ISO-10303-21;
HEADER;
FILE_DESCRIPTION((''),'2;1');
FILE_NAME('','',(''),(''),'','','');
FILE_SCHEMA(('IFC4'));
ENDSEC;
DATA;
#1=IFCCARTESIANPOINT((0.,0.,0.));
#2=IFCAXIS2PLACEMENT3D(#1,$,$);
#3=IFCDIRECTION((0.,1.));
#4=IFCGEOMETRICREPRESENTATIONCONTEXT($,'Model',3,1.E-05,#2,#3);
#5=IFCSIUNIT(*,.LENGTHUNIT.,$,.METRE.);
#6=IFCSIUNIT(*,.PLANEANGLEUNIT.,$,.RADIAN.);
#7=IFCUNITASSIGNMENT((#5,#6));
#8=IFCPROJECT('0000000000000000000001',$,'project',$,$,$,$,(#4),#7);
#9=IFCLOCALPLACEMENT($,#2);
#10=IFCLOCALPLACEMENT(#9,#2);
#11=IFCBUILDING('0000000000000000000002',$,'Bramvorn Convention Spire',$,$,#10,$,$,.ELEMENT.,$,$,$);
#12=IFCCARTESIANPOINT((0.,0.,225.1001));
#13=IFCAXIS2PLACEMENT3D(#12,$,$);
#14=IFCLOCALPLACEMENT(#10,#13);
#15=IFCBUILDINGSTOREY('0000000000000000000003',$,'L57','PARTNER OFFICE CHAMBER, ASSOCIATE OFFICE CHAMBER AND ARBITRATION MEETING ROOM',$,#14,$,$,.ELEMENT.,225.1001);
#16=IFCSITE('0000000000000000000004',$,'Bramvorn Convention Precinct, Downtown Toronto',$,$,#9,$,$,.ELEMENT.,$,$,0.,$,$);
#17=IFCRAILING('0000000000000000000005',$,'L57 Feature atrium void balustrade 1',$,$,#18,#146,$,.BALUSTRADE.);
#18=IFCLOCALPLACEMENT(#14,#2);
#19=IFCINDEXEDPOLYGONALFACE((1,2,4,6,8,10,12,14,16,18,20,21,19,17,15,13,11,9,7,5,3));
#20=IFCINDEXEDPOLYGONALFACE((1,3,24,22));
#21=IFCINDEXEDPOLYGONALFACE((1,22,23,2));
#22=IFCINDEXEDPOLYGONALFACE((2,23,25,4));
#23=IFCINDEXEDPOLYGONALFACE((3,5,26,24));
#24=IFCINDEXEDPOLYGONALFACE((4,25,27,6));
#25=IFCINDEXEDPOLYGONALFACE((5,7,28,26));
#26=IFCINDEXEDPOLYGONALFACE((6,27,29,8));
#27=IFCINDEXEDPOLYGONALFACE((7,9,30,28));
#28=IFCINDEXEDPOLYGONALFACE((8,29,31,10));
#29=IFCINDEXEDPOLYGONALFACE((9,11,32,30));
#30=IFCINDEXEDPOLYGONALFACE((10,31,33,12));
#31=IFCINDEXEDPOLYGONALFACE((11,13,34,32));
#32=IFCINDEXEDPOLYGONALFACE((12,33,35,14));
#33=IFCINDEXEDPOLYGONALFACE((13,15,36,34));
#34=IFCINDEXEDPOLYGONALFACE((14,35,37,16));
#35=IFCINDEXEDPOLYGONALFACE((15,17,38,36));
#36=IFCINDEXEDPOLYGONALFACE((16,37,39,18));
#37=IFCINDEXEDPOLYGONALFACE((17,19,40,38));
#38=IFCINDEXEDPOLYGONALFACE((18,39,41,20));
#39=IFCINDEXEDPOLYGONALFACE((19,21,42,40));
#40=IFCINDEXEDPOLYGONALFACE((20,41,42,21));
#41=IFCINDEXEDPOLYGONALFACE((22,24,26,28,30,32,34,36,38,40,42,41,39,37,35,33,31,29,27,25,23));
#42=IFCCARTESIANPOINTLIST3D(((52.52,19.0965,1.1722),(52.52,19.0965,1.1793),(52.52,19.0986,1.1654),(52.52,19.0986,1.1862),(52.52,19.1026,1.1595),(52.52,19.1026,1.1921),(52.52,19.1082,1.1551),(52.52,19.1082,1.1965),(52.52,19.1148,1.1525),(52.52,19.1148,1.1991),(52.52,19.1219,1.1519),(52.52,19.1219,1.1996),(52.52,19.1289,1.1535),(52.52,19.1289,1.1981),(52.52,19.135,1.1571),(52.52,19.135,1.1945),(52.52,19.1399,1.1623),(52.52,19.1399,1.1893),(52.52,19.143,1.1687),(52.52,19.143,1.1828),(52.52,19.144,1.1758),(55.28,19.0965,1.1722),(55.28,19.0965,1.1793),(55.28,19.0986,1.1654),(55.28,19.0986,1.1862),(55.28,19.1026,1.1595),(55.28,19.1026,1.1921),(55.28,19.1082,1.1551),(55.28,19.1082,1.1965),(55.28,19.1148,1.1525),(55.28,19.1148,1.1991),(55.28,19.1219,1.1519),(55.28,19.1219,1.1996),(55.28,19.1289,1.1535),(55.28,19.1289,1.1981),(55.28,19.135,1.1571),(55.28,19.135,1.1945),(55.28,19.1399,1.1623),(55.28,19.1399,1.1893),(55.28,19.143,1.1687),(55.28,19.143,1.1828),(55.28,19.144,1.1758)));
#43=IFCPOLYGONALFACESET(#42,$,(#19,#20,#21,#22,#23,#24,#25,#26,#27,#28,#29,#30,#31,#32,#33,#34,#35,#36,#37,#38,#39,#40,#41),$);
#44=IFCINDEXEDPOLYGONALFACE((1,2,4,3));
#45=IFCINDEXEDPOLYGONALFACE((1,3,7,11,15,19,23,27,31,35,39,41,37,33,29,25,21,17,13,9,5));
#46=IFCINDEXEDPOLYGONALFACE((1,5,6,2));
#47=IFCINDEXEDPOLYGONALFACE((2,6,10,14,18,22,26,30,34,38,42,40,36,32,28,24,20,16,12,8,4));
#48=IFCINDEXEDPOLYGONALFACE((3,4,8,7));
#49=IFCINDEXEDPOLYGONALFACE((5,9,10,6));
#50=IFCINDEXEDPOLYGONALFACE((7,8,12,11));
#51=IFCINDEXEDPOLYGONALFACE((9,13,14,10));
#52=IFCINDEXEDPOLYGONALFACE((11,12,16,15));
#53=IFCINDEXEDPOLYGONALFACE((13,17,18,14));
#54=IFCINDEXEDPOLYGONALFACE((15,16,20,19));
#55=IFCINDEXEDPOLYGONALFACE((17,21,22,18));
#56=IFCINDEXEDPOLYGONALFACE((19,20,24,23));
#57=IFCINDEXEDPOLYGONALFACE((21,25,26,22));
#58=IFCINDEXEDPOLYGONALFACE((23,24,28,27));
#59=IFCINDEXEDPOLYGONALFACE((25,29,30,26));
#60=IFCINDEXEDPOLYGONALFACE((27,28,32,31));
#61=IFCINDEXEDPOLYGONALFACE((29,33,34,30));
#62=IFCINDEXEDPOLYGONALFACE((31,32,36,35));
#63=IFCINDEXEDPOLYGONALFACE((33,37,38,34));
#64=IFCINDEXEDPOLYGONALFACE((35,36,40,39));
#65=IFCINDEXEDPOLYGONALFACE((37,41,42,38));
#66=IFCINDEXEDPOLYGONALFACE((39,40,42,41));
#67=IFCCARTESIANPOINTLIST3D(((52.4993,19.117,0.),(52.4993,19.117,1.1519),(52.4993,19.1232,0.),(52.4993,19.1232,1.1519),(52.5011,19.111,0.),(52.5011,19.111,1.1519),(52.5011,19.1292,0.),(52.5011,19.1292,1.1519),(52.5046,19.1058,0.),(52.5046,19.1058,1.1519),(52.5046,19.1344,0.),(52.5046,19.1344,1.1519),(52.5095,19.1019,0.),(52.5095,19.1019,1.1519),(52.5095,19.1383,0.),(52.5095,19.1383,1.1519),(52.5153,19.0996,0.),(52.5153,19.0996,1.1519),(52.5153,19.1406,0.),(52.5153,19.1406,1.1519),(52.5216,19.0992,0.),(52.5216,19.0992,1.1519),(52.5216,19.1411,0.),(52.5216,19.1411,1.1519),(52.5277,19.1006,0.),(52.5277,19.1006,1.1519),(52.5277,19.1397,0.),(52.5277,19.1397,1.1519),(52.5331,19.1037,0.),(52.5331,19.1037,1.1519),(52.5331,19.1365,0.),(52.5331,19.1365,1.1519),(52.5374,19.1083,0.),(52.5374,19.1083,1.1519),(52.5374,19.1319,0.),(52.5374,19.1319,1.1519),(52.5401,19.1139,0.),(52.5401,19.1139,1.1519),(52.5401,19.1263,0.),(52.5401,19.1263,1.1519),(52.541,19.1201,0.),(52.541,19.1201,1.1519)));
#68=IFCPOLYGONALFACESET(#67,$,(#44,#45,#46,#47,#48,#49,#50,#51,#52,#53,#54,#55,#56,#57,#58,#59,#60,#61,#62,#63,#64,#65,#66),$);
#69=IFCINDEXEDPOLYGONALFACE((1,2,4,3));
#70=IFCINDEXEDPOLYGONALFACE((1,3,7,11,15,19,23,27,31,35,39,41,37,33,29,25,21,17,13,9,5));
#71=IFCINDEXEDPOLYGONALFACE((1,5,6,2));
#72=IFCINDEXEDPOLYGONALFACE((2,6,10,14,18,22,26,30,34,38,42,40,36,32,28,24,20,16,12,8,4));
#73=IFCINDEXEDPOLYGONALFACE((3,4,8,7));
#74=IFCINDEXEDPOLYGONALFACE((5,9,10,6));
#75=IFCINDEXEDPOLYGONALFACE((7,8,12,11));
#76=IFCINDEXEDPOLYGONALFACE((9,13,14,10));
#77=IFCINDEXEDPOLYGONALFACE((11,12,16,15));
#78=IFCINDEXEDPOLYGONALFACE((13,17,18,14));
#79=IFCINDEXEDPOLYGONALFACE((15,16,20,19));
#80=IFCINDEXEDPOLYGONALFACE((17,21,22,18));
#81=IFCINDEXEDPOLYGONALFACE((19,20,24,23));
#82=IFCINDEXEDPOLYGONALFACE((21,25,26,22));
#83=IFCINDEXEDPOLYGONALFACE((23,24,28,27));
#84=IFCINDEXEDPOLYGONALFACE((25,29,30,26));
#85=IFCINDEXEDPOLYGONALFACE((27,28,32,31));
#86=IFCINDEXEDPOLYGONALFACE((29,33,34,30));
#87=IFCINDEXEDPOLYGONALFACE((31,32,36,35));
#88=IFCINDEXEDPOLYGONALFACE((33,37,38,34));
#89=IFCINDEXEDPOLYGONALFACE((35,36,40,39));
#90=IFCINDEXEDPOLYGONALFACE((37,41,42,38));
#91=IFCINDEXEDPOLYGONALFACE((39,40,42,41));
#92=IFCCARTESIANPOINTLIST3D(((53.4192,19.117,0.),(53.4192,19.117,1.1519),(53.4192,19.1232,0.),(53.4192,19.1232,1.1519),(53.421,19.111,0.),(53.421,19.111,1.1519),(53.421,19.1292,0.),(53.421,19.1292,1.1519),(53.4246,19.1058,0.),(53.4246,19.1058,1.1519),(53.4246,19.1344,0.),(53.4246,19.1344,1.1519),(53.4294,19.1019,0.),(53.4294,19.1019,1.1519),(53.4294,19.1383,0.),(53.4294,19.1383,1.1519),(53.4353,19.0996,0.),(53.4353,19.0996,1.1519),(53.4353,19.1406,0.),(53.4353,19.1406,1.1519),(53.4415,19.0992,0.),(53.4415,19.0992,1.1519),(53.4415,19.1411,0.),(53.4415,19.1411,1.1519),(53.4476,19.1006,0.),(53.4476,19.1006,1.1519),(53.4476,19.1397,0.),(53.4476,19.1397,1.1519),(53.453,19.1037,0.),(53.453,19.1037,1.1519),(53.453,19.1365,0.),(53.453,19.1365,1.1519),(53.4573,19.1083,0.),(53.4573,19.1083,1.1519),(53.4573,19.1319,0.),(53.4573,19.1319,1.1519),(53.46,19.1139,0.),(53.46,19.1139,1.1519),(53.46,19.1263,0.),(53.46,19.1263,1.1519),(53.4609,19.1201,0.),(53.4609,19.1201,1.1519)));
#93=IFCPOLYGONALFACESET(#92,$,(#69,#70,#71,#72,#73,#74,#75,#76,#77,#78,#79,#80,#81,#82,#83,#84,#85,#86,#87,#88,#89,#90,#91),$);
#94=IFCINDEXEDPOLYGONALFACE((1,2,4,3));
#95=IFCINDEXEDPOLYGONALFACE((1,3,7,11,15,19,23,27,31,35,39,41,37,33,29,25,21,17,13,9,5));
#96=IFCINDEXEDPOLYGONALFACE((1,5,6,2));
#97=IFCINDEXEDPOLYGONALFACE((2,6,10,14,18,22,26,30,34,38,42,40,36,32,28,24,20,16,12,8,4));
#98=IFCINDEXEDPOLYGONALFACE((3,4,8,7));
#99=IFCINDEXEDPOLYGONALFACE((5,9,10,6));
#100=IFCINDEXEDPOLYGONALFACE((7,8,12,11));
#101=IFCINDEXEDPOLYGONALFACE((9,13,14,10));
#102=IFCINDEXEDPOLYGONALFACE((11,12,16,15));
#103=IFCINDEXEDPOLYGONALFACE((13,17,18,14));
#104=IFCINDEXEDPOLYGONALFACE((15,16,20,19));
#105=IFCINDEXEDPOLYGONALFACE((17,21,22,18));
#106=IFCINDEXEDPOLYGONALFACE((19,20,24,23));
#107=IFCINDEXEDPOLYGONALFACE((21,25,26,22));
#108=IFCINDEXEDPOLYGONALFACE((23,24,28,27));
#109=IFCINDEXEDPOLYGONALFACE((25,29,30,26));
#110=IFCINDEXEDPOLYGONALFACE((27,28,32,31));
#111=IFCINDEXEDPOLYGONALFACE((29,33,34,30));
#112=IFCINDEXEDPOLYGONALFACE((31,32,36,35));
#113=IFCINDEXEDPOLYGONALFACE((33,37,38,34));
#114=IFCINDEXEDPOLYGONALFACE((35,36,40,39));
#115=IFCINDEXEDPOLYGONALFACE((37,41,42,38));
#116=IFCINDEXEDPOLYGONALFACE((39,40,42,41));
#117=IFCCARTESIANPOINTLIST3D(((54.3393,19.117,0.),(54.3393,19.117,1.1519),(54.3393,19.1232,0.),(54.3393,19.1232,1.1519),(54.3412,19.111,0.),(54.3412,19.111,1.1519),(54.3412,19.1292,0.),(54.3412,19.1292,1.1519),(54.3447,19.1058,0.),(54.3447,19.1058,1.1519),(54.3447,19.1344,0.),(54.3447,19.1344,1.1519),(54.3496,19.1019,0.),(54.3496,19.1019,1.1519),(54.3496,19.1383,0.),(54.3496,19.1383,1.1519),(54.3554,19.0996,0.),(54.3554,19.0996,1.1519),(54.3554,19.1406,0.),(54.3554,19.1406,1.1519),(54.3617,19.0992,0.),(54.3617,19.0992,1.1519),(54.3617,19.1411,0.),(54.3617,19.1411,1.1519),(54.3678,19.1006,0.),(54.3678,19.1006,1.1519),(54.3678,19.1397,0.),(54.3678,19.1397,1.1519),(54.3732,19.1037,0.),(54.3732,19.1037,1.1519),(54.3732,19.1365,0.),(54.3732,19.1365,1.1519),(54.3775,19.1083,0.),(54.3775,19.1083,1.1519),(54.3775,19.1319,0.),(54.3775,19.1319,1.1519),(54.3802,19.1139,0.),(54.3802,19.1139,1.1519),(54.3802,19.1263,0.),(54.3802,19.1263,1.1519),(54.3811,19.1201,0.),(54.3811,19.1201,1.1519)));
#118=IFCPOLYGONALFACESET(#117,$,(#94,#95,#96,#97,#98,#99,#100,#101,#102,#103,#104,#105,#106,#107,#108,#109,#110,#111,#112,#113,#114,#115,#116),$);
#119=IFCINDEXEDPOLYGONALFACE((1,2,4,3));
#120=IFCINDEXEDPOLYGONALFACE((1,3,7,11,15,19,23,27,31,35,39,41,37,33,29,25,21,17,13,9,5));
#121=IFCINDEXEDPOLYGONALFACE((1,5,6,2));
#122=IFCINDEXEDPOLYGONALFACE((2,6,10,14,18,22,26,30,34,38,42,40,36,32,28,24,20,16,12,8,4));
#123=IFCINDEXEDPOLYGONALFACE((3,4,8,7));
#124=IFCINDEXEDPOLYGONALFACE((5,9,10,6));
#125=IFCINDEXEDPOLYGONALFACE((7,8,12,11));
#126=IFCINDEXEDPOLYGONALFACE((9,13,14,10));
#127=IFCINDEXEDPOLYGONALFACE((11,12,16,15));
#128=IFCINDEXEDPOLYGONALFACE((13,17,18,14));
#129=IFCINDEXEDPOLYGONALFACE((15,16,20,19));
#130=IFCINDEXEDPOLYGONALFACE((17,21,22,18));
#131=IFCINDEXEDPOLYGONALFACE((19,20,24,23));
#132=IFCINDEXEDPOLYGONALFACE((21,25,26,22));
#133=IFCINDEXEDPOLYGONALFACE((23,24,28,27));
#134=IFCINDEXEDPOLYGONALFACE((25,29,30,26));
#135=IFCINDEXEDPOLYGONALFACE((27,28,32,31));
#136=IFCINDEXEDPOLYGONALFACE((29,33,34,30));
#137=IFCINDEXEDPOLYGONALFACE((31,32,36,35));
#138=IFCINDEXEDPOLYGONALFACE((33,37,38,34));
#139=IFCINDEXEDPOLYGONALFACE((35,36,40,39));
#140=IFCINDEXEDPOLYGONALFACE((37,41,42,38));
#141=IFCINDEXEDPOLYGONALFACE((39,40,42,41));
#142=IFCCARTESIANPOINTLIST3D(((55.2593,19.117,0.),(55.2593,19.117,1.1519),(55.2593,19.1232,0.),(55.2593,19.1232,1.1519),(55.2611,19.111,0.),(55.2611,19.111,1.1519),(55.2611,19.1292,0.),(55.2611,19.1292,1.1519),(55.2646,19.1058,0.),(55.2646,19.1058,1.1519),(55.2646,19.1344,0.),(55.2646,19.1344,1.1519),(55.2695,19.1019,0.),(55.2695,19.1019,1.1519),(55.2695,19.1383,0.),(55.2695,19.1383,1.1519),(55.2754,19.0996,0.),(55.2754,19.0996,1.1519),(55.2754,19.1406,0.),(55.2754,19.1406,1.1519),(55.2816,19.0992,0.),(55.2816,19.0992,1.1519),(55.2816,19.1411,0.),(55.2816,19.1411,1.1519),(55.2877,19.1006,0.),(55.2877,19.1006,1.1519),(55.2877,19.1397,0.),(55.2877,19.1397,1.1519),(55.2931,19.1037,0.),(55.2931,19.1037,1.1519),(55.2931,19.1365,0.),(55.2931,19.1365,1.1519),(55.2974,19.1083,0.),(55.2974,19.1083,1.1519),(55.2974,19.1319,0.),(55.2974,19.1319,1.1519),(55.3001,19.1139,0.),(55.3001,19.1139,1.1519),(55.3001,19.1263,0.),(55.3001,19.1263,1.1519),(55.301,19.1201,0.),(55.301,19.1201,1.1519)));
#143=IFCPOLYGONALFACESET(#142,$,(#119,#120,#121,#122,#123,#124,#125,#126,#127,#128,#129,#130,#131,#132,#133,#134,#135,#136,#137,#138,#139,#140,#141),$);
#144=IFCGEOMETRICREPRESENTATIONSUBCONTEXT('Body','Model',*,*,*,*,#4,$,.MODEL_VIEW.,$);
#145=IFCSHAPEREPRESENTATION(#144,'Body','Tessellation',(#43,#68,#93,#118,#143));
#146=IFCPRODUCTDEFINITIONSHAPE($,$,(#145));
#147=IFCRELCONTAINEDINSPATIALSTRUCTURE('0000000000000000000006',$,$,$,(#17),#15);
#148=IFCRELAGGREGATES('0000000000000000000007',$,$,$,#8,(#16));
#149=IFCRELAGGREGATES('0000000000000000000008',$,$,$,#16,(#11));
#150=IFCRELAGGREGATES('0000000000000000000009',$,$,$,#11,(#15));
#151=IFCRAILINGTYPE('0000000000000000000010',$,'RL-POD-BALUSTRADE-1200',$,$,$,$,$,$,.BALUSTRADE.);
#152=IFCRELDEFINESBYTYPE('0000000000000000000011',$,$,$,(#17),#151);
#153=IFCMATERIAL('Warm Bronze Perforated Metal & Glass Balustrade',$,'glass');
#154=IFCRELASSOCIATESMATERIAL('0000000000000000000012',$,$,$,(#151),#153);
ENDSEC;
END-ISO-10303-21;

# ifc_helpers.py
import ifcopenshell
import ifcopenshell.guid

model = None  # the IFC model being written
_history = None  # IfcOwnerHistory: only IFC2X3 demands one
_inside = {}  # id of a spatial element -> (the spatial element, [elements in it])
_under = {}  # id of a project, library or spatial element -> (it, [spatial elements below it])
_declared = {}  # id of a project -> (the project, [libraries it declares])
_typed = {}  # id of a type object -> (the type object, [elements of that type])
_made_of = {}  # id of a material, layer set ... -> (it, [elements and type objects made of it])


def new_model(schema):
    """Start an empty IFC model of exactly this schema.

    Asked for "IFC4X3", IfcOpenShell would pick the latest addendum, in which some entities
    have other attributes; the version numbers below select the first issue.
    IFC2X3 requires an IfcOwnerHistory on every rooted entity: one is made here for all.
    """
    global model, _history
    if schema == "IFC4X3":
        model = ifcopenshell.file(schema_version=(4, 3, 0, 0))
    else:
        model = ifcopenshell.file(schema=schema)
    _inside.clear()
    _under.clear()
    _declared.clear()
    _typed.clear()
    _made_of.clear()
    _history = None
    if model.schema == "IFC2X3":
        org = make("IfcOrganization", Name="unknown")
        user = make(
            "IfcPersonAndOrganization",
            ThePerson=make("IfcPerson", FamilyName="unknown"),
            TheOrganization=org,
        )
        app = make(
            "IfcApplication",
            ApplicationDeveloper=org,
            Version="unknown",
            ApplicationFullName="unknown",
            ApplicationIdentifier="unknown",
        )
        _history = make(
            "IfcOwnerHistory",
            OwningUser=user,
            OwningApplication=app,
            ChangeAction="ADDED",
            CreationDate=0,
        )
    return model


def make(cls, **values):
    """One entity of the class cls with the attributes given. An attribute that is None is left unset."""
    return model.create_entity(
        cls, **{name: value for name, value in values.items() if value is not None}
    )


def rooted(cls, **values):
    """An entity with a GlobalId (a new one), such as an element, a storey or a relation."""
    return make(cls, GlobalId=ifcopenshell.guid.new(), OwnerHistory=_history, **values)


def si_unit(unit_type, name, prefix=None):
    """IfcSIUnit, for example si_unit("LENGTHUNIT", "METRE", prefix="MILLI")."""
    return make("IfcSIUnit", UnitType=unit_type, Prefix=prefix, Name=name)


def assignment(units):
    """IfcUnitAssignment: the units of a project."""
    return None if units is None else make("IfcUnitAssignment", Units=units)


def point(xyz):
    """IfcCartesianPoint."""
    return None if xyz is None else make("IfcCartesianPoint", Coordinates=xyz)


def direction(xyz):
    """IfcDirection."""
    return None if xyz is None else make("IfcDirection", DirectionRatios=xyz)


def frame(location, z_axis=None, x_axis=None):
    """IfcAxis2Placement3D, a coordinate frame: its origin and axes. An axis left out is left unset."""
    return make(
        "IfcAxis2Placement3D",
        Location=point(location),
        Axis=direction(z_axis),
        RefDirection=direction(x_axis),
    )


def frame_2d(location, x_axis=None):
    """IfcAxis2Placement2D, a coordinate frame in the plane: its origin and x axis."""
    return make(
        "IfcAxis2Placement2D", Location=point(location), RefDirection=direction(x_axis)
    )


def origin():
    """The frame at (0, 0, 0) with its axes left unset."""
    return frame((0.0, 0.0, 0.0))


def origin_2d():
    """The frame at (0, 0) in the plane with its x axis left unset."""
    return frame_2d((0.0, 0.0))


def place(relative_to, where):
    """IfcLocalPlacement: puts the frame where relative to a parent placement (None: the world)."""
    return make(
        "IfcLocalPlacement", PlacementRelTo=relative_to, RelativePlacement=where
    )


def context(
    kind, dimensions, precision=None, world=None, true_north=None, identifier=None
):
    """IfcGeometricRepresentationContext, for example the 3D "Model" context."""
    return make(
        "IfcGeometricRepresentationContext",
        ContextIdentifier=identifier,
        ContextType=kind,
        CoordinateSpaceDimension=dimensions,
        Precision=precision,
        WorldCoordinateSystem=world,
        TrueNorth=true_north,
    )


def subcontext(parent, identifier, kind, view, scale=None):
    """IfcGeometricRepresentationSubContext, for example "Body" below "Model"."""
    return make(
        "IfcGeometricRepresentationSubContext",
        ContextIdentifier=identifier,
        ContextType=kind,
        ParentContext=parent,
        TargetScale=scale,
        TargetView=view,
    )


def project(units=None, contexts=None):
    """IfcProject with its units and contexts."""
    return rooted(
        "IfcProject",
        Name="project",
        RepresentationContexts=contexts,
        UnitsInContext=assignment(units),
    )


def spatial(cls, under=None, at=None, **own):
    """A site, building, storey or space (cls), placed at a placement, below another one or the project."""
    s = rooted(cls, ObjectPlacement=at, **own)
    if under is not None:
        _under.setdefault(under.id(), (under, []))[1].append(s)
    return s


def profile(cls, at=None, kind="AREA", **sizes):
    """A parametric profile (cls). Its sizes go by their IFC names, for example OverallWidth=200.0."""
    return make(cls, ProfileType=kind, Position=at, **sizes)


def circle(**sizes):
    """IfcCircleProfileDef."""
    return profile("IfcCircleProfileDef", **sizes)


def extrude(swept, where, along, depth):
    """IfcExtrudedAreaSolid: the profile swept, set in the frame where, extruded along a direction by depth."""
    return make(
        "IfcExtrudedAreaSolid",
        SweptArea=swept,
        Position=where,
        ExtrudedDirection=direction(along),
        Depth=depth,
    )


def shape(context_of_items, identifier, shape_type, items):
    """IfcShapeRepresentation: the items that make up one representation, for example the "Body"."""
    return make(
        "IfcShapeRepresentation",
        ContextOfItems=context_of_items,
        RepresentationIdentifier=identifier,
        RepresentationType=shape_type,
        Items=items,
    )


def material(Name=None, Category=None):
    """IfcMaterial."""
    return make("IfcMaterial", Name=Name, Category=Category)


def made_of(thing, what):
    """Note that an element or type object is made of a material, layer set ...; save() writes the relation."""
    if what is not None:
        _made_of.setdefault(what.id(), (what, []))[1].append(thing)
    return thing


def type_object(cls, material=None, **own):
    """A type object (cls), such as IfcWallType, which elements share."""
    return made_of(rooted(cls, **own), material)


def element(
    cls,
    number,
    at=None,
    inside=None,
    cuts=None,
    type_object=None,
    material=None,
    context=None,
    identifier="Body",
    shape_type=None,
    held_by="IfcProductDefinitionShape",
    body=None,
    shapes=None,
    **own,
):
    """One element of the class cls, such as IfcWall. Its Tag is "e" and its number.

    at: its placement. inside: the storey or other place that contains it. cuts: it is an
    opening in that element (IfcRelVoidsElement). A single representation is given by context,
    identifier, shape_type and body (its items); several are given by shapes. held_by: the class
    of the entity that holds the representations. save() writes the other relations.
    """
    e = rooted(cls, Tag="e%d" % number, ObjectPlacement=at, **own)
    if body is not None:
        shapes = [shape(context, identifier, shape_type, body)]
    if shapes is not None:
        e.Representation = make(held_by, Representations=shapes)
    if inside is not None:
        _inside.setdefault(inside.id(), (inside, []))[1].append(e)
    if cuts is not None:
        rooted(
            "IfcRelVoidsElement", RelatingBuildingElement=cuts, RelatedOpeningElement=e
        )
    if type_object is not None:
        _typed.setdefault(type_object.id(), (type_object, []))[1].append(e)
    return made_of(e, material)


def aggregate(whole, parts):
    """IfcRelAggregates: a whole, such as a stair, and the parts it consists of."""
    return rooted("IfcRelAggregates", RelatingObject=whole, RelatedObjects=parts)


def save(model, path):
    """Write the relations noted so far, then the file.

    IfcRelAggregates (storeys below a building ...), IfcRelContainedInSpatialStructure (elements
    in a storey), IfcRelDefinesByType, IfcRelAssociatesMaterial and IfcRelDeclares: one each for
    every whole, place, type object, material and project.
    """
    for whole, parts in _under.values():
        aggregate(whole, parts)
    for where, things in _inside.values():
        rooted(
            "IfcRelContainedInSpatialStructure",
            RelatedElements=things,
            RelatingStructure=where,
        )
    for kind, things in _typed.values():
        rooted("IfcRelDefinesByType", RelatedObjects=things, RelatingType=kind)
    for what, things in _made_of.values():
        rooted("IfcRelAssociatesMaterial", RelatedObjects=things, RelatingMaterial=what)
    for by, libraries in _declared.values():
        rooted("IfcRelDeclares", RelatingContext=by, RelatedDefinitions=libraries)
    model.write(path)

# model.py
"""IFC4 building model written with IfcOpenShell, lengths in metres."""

from ifc_helpers import new_model, si_unit, direction, frame, origin, origin_2d, place, context, subcontext, project, spatial, circle, extrude, material, type_object, element, save


model = new_model("IFC4")

# Units and contexts
model_context = context("Model", 3, precision=1e-05, world=origin(), true_north=direction((0.0, 1.0)))
body_context = subcontext(model_context, "Body", "Model", "MODEL_VIEW")
ifc_project = project(units=[si_unit("LENGTHUNIT", "METRE"), si_unit("PLANEANGLEUNIT", "RADIAN")], contexts=[model_context])

# Site, building, storey
site_placement = place(None, origin())
site = spatial("IfcSite", under=ifc_project, at=site_placement, Name="Bramvorn Convention Precinct, Downtown Toronto", CompositionType="ELEMENT", RefElevation=0.0)
building_placement = place(site_placement, origin())
building = spatial("IfcBuilding", under=site, at=building_placement, Name="Bramvorn Convention Spire", CompositionType="ELEMENT")
storey_placement = place(building_placement, frame((0.0, 0.0, 225.1001)))
storey = spatial("IfcBuildingStorey", under=building, at=storey_placement, Name="L57", Description="PARTNER OFFICE CHAMBER, ASSOCIATE OFFICE CHAMBER AND ARBITRATION MEETING ROOM", CompositionType="ELEMENT", Elevation=225.1001)

# Railing
ifc_material_1 = material(Name="Warm Bronze Perforated Metal & Glass Balustrade", Category="glass")
railing_type = type_object("IfcRailingType", Name="RL-POD-BALUSTRADE-1200", PredefinedType="BALUSTRADE", material=ifc_material_1)
railing_1_placement = place(storey_placement, frame((52.52, 19.1201, 0.0)))
element("IfcRailing", 1, at=railing_1_placement, inside=storey, type_object=railing_type, Name="L57 Feature atrium void balustrade 1", PredefinedType="BALUSTRADE", context=body_context, shape_type="SweptSolid", body=[
    extrude(circle(Radius=0.0239, at=origin_2d()), frame((0.0, 0.0, 1.1758), z_axis=(1.0, 0.0, 0.0), x_axis=(0.0, 1.0, 0.0)), (0.0, 0.0, 1.0), 2.76),
    extrude(circle(Radius=0.021, at=origin_2d()), origin(), (0.0, 0.0, 1.0), 1.1519),
    extrude(circle(Radius=0.021, at=origin_2d()), frame((0.9199, 0.0, 0.0)), (0.0, 0.0, 1.0), 1.1519),
    extrude(circle(Radius=0.021, at=origin_2d()), frame((1.8401, 0.0, 0.0)), (0.0, 0.0, 1.0), 1.1519),
    extrude(circle(Radius=0.021, at=origin_2d()), frame((2.76, 0.0, 0.0)), (0.0, 0.0, 1.0), 1.1519),
])

save(model, "model.ifc")
